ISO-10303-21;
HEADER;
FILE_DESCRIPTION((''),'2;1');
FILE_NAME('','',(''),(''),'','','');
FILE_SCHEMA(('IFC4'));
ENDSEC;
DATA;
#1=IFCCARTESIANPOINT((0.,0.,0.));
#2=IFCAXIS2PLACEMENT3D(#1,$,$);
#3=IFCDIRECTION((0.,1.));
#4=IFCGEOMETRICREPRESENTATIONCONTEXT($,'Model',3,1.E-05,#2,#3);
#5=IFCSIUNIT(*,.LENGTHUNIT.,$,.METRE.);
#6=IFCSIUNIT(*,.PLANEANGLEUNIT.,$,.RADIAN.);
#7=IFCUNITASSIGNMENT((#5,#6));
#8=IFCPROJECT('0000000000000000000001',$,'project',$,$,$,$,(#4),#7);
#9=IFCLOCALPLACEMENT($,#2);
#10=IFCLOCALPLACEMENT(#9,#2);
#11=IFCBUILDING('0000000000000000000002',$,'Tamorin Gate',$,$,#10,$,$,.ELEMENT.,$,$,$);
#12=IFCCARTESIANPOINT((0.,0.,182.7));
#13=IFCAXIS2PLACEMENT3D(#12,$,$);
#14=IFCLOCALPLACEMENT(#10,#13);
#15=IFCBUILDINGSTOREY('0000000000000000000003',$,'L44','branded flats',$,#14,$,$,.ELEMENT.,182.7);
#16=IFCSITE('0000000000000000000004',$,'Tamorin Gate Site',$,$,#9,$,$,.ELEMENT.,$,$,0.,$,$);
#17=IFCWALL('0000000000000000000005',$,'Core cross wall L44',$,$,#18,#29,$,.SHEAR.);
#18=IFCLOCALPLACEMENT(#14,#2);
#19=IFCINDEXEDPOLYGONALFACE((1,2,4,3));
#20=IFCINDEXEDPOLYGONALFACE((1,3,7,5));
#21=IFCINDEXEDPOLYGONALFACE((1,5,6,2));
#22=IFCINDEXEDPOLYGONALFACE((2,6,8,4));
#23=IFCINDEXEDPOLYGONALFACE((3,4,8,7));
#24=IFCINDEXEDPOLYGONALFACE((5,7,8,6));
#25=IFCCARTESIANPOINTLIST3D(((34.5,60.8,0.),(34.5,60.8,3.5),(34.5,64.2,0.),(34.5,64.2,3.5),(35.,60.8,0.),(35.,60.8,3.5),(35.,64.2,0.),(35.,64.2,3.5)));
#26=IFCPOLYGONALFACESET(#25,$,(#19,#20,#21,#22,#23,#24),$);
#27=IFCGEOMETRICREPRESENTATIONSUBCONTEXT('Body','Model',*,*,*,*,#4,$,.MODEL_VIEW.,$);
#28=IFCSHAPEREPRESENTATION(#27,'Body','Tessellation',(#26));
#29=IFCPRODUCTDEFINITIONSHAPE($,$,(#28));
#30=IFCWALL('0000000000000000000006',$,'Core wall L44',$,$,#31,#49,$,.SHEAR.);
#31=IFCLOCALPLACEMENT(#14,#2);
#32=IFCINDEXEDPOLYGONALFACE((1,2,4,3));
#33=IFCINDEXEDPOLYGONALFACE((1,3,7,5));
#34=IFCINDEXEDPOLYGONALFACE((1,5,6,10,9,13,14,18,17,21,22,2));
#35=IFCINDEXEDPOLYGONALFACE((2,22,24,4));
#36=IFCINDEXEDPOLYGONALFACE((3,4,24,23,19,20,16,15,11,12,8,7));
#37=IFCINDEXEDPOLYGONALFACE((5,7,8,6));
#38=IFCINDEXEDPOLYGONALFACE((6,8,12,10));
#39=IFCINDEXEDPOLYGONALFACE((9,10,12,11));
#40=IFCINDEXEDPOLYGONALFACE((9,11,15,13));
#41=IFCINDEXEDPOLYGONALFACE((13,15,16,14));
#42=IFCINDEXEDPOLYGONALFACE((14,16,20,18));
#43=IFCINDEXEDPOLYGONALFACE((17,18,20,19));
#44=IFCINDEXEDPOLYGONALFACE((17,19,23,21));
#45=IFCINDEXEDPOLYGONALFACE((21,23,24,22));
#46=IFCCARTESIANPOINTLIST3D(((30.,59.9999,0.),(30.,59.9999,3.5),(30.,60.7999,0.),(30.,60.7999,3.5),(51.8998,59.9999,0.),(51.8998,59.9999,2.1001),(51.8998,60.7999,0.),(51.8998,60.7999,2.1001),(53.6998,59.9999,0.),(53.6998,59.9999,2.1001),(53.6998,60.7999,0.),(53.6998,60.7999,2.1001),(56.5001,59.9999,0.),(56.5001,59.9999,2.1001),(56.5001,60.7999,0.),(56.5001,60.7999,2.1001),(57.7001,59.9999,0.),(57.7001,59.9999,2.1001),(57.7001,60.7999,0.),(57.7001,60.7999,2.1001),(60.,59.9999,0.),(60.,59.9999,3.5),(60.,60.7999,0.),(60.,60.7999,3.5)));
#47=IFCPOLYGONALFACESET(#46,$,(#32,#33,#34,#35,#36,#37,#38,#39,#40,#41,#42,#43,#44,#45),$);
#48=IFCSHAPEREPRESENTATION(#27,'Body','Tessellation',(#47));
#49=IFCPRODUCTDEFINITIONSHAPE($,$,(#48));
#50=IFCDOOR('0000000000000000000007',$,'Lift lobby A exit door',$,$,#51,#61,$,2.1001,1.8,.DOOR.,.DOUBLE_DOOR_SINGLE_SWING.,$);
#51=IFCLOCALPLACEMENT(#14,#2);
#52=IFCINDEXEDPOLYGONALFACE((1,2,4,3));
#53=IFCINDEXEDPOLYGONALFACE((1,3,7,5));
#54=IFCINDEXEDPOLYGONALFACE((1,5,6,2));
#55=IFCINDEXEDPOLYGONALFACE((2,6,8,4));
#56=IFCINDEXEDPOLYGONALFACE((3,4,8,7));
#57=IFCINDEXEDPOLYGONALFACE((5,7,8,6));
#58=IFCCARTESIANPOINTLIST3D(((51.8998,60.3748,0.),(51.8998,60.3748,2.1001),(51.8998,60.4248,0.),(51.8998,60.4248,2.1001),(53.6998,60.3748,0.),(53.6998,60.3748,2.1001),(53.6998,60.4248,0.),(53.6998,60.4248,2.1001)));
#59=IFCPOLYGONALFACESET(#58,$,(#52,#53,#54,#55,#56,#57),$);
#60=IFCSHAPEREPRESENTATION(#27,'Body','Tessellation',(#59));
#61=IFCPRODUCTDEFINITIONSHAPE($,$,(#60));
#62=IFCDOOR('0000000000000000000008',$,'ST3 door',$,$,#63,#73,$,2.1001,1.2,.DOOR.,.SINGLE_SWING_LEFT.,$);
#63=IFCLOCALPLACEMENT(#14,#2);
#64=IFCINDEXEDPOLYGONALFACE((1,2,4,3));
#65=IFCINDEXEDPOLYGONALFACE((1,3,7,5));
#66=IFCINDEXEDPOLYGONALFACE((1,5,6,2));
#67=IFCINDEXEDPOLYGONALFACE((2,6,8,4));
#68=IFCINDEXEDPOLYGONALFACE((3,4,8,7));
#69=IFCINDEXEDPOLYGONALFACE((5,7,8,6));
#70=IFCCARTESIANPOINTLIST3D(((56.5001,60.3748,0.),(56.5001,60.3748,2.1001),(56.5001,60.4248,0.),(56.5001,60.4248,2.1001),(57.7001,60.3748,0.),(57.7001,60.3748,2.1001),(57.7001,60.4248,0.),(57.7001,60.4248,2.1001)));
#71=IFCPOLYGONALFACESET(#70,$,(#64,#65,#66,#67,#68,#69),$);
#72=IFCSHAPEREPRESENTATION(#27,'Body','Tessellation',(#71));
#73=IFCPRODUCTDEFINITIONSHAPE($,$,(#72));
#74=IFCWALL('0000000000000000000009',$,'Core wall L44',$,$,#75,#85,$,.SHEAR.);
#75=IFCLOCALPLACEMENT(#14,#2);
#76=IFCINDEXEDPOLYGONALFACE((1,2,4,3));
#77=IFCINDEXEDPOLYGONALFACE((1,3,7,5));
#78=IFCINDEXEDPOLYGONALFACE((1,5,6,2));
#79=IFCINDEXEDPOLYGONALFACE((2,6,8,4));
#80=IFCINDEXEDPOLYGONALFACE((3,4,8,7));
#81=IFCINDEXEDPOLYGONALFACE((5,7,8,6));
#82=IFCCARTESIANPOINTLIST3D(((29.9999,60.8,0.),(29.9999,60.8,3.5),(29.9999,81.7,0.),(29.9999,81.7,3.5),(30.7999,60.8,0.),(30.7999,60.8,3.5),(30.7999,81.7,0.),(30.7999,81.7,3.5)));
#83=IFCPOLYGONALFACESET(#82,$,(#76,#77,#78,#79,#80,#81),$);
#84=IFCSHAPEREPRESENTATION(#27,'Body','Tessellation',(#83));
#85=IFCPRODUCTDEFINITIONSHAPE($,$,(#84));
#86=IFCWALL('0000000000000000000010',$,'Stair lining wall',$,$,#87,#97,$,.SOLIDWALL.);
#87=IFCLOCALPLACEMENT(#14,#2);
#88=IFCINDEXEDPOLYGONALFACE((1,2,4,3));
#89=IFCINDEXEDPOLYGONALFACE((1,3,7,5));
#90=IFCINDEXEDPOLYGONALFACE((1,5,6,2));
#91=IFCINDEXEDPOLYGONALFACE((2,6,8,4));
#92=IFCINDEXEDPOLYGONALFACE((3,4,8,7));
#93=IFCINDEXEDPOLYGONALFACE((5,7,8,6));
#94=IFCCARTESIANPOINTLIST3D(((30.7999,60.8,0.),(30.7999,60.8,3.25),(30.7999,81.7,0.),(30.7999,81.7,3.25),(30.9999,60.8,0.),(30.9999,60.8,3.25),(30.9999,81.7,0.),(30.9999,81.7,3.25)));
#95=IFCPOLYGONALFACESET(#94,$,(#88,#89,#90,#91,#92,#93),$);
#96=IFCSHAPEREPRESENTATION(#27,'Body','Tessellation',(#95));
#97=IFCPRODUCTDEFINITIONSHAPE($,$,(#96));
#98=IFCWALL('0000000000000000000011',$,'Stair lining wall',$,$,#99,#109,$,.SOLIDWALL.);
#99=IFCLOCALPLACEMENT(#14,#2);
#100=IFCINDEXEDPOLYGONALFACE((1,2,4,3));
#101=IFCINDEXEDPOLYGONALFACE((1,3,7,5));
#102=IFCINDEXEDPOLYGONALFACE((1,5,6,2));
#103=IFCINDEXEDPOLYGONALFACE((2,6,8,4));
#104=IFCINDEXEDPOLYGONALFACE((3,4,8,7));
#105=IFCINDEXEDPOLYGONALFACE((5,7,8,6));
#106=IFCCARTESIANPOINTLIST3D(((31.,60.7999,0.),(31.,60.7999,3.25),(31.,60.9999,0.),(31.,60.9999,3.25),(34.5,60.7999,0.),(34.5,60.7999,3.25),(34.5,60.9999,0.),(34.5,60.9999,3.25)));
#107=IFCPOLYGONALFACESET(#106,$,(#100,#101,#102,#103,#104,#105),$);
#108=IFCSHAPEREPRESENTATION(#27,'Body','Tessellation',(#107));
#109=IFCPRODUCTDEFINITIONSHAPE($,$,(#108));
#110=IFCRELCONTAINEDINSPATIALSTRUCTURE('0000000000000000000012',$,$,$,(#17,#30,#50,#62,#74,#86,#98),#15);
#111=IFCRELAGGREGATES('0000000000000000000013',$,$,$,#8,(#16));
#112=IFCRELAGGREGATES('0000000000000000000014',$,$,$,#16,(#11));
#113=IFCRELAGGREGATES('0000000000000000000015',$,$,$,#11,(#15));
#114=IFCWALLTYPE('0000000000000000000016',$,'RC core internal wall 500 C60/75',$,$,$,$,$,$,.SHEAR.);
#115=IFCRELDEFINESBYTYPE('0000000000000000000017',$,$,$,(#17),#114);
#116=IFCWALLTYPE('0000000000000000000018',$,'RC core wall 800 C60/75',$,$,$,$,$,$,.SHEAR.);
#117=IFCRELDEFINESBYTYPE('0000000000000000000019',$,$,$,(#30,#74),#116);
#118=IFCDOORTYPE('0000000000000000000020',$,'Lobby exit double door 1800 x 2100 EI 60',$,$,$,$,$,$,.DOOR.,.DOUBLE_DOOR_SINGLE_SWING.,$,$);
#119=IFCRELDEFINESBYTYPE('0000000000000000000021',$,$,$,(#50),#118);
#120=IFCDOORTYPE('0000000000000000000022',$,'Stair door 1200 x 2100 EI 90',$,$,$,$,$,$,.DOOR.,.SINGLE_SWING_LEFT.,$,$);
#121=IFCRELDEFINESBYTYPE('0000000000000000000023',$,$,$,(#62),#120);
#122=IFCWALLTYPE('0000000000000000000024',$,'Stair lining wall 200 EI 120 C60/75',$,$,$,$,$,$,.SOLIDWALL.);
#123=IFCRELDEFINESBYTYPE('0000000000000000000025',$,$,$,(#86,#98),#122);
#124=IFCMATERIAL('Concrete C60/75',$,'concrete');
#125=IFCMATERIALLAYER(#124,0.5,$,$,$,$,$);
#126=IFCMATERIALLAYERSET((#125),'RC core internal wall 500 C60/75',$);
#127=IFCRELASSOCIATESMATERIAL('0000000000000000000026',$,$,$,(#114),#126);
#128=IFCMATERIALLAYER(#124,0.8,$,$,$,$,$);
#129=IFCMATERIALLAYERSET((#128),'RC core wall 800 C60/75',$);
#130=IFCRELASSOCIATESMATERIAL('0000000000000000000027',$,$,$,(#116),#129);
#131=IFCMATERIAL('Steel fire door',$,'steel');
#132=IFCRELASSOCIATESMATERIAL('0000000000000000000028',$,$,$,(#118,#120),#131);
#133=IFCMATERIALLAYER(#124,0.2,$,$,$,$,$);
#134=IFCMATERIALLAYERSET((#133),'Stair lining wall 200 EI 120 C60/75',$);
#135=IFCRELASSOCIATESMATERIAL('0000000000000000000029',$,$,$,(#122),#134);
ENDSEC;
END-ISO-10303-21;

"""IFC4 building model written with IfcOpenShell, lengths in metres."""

from ifc_helpers import new_model, si_unit, direction, frame, frame_2d, origin, place, context, subcontext, project, spatial, rectangle, extrude, material, layer, layer_set, type_object, element, fill, save


model = new_model("IFC4")

# Units and contexts
model_context = context("Model", 3, precision=1e-05, world=origin(), true_north=direction((0.0, 1.0)))
body_context = subcontext(model_context, "Body", "Model", "MODEL_VIEW")
ifc_project = project(units=[si_unit("LENGTHUNIT", "METRE"), si_unit("PLANEANGLEUNIT", "RADIAN")], contexts=[model_context])

# Site, building, storey
site_placement = place(None, origin())
site = spatial("IfcSite", under=ifc_project, at=site_placement, Name="Tamorin Gate Site", CompositionType="ELEMENT", RefElevation=0.0)
building_placement = place(site_placement, origin())
building = spatial("IfcBuilding", under=site, at=building_placement, Name="Tamorin Gate", CompositionType="ELEMENT")
storey_placement = place(building_placement, frame((0.0, 0.0, 182.7)))
storey = spatial("IfcBuildingStorey", under=building, at=storey_placement, Name="L44", Description="branded flats", CompositionType="ELEMENT", Elevation=182.7)

# Shared definitions
ifc_material_1 = material(Name="Concrete C60/75", Category="concrete")

# Wall
ifc_layer_1 = layer(ifc_material_1, 0.5)
ifc_layer_set_1 = layer_set([ifc_layer_1], Name="RC core internal wall 500 C60/75")
wall_type_1 = type_object("IfcWallType", Name="RC core internal wall 500 C60/75", PredefinedType="SHEAR", material=ifc_layer_set_1)
wall_1_placement = place(storey_placement, frame((34.75, 60.8, 0.0), z_axis=(0.0, 0.0, 1.0), x_axis=(0.0, 1.0, 0.0)))
element("IfcWall", 1, at=wall_1_placement, inside=storey, type_object=wall_type_1, Name="Core cross wall L44", PredefinedType="SHEAR", context=body_context, shape_type="SweptSolid", body=[
    extrude(rectangle(XDim=3.3999, YDim=0.5, at=frame_2d((1.7, 0.0))), origin(), (0.0, 0.0, 1.0), 3.5),
])

# Wall, openings, doors
ifc_layer_2 = layer(ifc_material_1, 0.8)
ifc_layer_set_2 = layer_set([ifc_layer_2], Name="RC core wall 800 C60/75")
wall_type_2 = type_object("IfcWallType", Name="RC core wall 800 C60/75", PredefinedType="SHEAR", material=ifc_layer_set_2)
wall_2_placement = place(storey_placement, frame((30.0, 60.3999, 0.0), z_axis=(0.0, 0.0, 1.0), x_axis=(1.0, 0.0, 0.0)))
wall_2 = element("IfcWall", 2, at=wall_2_placement, inside=storey, type_object=wall_type_2, Name="Core wall L44", PredefinedType="SHEAR", context=body_context, shape_type="SweptSolid", body=[
    extrude(rectangle(XDim=30.0, YDim=0.8, at=frame_2d((15.0, 0.0))), origin(), (0.0, 0.0, 1.0), 3.5),
])
opening_1_placement = place(wall_2_placement, frame((21.8999, 0.0, 0.0)))
opening_1 = element("IfcOpeningElement", 3, at=opening_1_placement, cuts=wall_2, PredefinedType="OPENING", context=body_context, shape_type="SweptSolid", body=[
    extrude(rectangle(XDim=1.8, YDim=2.1001, at=frame_2d((0.8999, 1.05))), frame((0.0, 0.4099, 0.0), z_axis=(0.0, -1.0, 0.0), x_axis=(1.0, 0.0, 0.0)), (0.0, 0.0, 1.0), 0.8201),
])
opening_2_placement = place(wall_2_placement, frame((26.5, 0.0, 0.0)))
opening_2 = element("IfcOpeningElement", 4, at=opening_2_placement, cuts=wall_2, PredefinedType="OPENING", context=body_context, shape_type="SweptSolid", body=[
    extrude(rectangle(XDim=1.2, YDim=2.1001, at=frame_2d((0.6001, 1.05))), frame((0.0, 0.4099, 0.0), z_axis=(0.0, -1.0, 0.0), x_axis=(1.0, 0.0, 0.0)), (0.0, 0.0, 1.0), 0.8201),
])
ifc_material_2 = material(Name="Steel fire door", Category="steel")
door_type_1 = type_object("IfcDoorType", Name="Lobby exit double door 1800 x 2100 EI 60", OperationType="DOUBLE_DOOR_SINGLE_SWING", PredefinedType="DOOR", material=ifc_material_2)
door_1_placement = place(opening_1_placement, origin())
door_1 = element("IfcDoor", 5, at=door_1_placement, inside=storey, type_object=door_type_1, Name="Lift lobby A exit door", OperationType="DOUBLE_DOOR_SINGLE_SWING", OverallHeight=2.1001, OverallWidth=1.8, PredefinedType="DOOR", context=body_context, shape_type="SweptSolid", body=[
    extrude(rectangle(XDim=1.8, YDim=2.1001, at=frame_2d((0.8999, 1.05))), frame((0.0, 0.0249, 0.0), z_axis=(0.0, -1.0, 0.0), x_axis=(1.0, 0.0, 0.0)), (0.0, 0.0, 1.0), 0.05),
])
fill(opening_1, door_1)
door_type_2 = type_object("IfcDoorType", Name="Stair door 1200 x 2100 EI 90", OperationType="SINGLE_SWING_LEFT", PredefinedType="DOOR", material=ifc_material_2)
door_2_placement = place(opening_2_placement, origin())
door_2 = element("IfcDoor", 6, at=door_2_placement, inside=storey, type_object=door_type_2, Name="ST3 door", OperationType="SINGLE_SWING_LEFT", OverallHeight=2.1001, OverallWidth=1.2, PredefinedType="DOOR", context=body_context, shape_type="SweptSolid", body=[
    extrude(rectangle(XDim=1.2, YDim=2.1001, at=frame_2d((0.6001, 1.05))), frame((0.0, 0.0249, 0.0), z_axis=(0.0, -1.0, 0.0), x_axis=(1.0, 0.0, 0.0)), (0.0, 0.0, 1.0), 0.05),
])
fill(opening_2, door_2)

# Walls
wall_3_placement = place(storey_placement, frame((30.3999, 60.8, 0.0), z_axis=(0.0, 0.0, 1.0), x_axis=(0.0, 1.0, 0.0)))
element("IfcWall", 7, at=wall_3_placement, inside=storey, type_object=wall_type_2, Name="Core wall L44", PredefinedType="SHEAR", context=body_context, shape_type="SweptSolid", body=[
    extrude(rectangle(XDim=20.8999, YDim=0.8, at=frame_2d((10.45, 0.0))), origin(), (0.0, 0.0, 1.0), 3.5),
])
ifc_layer_3 = layer(ifc_material_1, 0.2)
ifc_layer_set_3 = layer_set([ifc_layer_3], Name="Stair lining wall 200 EI 120 C60/75")
wall_type_3 = type_object("IfcWallType", Name="Stair lining wall 200 EI 120 C60/75", PredefinedType="SOLIDWALL", material=ifc_layer_set_3)
wall_4_placement = place(storey_placement, frame((30.8999, 60.8, 0.0), z_axis=(0.0, 0.0, 1.0), x_axis=(0.0, 1.0, 0.0)))
element("IfcWall", 8, at=wall_4_placement, inside=storey, type_object=wall_type_3, Name="Stair lining wall", PredefinedType="SOLIDWALL", context=body_context, shape_type="SweptSolid", body=[
    extrude(rectangle(XDim=20.8999, YDim=0.2, at=frame_2d((10.45, 0.0))), origin(), (0.0, 0.0, 1.0), 3.25),
])
wall_5_placement = place(storey_placement, frame((31.0, 60.8999, 0.0), z_axis=(0.0, 0.0, 1.0), x_axis=(1.0, 0.0, 0.0)))
element("IfcWall", 9, at=wall_5_placement, inside=storey, type_object=wall_type_3, Name="Stair lining wall", PredefinedType="SOLIDWALL", context=body_context, shape_type="SweptSolid", body=[
    extrude(rectangle(XDim=3.5, YDim=0.2, at=frame_2d((1.75, 0.0))), origin(), (0.0, 0.0, 1.0), 3.25),
])

save(model, "model.ifc")
